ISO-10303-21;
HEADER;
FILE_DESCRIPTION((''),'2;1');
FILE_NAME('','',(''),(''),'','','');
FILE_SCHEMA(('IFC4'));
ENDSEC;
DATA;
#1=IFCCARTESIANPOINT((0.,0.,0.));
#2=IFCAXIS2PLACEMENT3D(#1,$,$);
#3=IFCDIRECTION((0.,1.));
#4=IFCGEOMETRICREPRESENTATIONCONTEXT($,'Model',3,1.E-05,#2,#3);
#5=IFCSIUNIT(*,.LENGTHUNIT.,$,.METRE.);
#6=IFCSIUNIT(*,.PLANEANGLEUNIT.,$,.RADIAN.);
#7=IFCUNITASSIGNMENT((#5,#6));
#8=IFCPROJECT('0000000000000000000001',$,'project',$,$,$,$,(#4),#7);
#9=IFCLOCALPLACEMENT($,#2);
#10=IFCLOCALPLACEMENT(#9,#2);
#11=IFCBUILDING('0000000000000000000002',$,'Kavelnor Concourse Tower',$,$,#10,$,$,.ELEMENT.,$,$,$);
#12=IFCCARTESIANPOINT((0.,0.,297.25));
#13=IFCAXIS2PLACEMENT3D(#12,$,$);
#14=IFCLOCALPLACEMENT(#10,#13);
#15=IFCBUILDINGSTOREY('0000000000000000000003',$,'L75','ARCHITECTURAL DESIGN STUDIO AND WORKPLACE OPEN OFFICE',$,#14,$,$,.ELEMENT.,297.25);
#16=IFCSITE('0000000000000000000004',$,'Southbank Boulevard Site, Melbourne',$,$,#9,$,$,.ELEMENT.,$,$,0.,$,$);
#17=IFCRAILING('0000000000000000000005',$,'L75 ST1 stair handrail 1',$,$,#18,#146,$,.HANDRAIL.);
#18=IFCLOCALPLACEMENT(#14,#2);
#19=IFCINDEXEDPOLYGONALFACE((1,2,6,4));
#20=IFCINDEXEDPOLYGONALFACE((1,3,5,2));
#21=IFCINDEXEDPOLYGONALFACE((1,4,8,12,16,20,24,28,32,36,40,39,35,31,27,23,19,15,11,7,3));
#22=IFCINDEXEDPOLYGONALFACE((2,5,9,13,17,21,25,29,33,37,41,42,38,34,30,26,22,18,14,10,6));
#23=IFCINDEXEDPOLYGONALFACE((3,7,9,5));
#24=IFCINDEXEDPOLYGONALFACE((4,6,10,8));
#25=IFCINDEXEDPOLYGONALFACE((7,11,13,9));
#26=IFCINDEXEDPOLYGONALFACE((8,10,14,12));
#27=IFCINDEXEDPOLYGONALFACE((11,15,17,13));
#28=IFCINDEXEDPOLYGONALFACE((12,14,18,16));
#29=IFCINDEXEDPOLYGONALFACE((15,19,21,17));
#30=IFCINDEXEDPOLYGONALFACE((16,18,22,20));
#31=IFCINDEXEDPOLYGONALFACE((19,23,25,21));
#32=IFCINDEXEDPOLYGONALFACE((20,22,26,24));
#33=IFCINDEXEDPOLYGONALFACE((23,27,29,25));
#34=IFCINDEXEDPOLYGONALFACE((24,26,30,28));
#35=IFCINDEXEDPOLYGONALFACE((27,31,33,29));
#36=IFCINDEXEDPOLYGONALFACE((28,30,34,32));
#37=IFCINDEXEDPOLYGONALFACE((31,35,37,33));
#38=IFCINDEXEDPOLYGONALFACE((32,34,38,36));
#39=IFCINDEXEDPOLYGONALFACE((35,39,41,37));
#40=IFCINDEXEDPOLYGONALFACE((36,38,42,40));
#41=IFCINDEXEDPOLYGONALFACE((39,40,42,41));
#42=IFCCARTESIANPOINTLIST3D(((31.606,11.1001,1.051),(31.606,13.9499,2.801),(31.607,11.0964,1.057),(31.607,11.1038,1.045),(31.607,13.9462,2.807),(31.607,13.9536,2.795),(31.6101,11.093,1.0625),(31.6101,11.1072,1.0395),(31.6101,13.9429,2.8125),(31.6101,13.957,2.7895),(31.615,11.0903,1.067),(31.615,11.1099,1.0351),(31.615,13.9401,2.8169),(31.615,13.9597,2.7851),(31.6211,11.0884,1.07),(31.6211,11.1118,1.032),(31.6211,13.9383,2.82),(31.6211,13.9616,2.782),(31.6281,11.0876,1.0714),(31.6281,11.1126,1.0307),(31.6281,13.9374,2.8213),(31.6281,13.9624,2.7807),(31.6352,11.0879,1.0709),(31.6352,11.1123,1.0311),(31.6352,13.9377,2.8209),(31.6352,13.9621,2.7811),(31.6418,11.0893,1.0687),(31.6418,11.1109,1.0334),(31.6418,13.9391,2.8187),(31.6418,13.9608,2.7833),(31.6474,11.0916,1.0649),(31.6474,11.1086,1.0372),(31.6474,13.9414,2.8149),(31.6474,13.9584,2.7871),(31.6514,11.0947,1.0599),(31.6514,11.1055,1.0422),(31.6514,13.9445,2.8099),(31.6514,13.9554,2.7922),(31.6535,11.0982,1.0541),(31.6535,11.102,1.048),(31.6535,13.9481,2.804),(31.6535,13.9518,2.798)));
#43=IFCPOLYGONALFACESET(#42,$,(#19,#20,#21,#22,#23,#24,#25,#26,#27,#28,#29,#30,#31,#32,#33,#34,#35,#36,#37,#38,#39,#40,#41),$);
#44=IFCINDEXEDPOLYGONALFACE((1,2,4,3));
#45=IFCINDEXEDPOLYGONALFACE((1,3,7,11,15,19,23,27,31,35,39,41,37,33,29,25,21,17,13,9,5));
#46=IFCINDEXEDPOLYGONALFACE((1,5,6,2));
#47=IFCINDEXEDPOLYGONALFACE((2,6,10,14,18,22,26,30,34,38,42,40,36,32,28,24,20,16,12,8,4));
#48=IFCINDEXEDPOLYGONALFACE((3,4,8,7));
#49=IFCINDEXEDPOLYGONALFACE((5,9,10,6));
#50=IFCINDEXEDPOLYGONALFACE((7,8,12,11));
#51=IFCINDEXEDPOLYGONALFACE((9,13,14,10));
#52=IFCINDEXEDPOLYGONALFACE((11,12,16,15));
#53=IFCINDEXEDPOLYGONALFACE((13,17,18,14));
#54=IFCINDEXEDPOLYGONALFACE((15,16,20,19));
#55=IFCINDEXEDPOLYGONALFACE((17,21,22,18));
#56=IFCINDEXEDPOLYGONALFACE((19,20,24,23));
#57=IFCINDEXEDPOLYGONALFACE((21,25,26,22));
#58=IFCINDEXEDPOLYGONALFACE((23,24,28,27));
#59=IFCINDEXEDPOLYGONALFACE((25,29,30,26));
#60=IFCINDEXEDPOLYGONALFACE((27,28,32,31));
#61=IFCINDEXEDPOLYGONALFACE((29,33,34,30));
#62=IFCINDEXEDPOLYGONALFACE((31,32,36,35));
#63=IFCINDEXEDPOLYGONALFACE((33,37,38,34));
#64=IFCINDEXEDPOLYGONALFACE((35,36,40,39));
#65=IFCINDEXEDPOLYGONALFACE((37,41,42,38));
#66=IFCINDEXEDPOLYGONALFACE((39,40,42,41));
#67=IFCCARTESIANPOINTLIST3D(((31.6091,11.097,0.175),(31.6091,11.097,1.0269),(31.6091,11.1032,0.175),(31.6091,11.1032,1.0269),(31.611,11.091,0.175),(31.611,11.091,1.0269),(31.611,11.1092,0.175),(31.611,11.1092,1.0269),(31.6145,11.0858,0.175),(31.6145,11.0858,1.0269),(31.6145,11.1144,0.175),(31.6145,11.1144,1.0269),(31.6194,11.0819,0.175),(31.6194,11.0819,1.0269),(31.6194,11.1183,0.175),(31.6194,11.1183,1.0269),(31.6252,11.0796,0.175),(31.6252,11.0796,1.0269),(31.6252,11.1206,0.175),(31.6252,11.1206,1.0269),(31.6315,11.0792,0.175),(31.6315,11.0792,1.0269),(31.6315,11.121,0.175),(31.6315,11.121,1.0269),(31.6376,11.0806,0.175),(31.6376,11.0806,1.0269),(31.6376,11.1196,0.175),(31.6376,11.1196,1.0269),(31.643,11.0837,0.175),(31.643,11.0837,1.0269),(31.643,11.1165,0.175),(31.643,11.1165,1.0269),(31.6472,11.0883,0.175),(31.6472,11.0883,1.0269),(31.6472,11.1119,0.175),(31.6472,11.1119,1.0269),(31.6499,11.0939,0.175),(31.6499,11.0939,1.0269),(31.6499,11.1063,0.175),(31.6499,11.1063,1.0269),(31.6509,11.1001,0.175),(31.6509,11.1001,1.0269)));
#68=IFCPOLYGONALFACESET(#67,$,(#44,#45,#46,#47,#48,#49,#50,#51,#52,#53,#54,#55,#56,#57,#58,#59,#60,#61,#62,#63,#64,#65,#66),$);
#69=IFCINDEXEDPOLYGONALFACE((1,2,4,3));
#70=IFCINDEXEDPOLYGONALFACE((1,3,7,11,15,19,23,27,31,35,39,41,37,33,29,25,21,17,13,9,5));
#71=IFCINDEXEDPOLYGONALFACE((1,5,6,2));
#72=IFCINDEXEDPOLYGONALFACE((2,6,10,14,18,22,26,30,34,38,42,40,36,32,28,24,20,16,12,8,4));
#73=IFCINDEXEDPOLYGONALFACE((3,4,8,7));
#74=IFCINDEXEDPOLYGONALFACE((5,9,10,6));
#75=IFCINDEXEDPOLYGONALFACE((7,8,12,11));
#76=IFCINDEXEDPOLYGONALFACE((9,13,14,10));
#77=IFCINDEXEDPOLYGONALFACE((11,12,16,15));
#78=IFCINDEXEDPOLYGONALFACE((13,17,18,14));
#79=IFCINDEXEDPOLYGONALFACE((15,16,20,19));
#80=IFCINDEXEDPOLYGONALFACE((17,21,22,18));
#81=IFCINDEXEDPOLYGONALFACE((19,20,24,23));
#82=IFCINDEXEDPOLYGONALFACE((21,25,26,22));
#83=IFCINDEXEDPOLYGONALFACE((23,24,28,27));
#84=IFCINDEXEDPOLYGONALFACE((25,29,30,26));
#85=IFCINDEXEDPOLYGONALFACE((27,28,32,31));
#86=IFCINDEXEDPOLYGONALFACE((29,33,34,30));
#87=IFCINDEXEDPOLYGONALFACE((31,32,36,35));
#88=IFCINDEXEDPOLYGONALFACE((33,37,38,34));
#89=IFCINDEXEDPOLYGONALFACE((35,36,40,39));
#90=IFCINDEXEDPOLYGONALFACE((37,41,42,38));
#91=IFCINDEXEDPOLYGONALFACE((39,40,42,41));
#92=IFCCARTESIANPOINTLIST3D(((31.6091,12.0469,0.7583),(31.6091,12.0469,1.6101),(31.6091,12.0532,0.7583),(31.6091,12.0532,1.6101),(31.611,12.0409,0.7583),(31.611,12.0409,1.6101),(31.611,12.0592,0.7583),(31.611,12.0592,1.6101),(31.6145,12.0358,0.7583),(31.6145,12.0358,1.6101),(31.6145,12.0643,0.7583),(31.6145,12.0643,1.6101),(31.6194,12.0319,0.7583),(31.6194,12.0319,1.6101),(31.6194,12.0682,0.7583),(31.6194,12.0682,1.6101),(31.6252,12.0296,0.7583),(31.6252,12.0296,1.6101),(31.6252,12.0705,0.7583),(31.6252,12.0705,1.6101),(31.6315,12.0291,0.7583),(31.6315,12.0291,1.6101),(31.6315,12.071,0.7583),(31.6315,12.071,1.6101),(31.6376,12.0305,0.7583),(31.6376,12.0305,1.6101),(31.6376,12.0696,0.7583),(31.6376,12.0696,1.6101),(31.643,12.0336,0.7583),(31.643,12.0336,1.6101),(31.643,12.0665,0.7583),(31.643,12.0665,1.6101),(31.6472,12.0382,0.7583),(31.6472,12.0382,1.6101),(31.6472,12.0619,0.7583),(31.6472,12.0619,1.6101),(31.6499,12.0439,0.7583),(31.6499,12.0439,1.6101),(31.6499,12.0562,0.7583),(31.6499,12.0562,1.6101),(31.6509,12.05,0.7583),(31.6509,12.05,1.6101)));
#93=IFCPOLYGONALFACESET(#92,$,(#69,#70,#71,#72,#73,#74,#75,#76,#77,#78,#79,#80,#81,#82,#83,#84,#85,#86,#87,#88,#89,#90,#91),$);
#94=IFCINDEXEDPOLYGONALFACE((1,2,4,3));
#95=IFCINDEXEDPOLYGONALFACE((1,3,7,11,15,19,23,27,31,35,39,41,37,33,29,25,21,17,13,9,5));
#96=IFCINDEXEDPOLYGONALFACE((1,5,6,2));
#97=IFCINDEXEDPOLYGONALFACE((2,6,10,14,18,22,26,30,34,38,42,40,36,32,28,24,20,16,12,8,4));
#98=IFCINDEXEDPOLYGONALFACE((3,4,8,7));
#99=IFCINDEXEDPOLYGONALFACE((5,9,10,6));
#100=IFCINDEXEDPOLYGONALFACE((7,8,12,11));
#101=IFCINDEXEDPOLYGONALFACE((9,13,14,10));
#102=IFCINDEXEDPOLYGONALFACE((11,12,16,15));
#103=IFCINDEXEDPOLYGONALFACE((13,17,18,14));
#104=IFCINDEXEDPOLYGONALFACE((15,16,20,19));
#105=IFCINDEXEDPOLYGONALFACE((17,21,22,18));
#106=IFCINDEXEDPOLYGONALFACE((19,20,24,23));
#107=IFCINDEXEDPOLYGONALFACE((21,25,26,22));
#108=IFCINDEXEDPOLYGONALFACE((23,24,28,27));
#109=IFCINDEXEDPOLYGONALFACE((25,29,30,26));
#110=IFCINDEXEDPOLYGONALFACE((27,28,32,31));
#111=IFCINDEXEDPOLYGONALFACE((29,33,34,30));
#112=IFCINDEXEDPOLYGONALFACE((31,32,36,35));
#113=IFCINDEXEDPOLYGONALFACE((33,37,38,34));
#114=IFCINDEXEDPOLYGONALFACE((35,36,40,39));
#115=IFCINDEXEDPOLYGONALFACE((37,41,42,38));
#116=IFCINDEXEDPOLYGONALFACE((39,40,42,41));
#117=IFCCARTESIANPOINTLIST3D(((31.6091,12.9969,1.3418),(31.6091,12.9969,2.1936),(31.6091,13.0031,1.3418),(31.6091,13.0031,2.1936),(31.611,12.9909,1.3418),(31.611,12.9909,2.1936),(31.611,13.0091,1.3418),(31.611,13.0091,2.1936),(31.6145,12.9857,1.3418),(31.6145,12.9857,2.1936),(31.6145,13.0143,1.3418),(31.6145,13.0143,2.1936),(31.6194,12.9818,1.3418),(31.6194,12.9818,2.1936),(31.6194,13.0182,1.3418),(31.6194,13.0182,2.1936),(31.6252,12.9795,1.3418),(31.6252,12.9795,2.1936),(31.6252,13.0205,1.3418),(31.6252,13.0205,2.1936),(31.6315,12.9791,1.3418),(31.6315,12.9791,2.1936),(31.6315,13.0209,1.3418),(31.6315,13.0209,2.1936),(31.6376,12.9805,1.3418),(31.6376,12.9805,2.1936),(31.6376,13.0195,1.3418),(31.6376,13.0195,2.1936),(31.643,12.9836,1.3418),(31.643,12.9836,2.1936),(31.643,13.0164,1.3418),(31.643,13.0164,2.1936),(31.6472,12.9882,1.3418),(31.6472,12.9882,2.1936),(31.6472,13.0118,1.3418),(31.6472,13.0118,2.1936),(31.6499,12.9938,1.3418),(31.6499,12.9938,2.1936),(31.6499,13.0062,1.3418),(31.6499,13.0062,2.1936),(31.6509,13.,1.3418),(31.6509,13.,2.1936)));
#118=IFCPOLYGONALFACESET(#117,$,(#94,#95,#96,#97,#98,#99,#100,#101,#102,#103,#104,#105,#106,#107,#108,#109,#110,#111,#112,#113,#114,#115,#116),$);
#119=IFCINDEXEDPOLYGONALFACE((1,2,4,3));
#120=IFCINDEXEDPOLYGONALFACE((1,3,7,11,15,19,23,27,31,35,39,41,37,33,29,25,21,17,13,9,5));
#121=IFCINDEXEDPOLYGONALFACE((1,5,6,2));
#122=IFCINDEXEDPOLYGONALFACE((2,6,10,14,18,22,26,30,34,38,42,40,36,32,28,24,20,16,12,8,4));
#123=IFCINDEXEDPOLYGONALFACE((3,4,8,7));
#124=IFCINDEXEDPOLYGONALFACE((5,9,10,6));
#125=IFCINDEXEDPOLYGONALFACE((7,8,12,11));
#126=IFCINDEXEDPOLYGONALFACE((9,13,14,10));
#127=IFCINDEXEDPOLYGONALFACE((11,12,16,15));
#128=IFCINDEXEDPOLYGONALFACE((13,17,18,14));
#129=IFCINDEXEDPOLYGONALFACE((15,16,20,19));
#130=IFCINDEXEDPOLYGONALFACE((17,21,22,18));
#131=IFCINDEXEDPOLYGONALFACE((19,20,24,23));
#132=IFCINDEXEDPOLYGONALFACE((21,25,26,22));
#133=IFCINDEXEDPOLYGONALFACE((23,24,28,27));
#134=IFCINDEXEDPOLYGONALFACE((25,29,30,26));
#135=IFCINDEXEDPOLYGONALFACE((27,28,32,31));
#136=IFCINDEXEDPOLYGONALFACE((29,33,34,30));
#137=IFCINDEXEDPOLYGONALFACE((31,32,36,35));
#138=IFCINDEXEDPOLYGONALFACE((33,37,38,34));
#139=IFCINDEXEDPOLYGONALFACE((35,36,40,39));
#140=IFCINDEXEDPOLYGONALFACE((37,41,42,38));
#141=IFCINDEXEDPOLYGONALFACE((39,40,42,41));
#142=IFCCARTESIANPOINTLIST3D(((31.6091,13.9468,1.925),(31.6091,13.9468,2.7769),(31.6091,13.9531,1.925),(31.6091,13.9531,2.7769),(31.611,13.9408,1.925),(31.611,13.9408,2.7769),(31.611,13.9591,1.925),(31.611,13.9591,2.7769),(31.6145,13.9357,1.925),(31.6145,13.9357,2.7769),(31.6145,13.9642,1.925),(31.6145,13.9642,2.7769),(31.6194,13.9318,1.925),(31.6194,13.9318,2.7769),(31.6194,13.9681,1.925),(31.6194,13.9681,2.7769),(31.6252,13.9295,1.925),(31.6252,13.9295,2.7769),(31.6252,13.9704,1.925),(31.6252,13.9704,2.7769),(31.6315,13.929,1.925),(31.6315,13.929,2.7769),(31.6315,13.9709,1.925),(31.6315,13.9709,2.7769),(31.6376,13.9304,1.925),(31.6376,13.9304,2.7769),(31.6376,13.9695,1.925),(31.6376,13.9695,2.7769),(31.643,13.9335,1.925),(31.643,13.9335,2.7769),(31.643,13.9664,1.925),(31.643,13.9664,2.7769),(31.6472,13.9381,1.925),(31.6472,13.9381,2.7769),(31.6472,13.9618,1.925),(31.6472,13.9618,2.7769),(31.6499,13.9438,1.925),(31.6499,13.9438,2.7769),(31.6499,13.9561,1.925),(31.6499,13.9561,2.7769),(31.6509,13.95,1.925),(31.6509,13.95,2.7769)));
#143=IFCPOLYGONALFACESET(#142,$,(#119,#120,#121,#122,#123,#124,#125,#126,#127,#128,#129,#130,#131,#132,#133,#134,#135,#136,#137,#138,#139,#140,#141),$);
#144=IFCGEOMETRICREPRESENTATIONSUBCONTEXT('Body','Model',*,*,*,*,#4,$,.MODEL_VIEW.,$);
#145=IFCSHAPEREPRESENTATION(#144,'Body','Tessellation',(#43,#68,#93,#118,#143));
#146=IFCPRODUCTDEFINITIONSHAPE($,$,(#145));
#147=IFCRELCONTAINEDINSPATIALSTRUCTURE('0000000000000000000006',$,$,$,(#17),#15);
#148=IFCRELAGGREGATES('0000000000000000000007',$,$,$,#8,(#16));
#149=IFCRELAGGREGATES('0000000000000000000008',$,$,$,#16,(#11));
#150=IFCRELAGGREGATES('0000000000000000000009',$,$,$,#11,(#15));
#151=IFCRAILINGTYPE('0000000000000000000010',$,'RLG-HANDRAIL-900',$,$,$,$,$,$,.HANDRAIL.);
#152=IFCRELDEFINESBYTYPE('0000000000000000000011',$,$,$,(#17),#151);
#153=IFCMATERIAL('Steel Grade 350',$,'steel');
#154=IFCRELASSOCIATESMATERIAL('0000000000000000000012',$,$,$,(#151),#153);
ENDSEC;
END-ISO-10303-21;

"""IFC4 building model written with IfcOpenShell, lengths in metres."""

from ifc_helpers import new_model, si_unit, direction, frame, origin, origin_2d, place, context, subcontext, project, spatial, circle, extrude, material, type_object, element, save


model = new_model("IFC4")

# Units and contexts
model_context = context("Model", 3, precision=1e-05, world=origin(), true_north=direction((0.0, 1.0)))
body_context = subcontext(model_context, "Body", "Model", "MODEL_VIEW")
ifc_project = project(units=[si_unit("LENGTHUNIT", "METRE"), si_unit("PLANEANGLEUNIT", "RADIAN")], contexts=[model_context])

# Site, building, storey
site_placement = place(None, origin())
site = spatial("IfcSite", under=ifc_project, at=site_placement, Name="Southbank Boulevard Site, Melbourne", CompositionType="ELEMENT", RefElevation=0.0)
building_placement = place(site_placement, origin())
building = spatial("IfcBuilding", under=site, at=building_placement, Name="Kavelnor Concourse Tower", CompositionType="ELEMENT")
storey_placement = place(building_placement, frame((0.0, 0.0, 297.25)))
storey = spatial("IfcBuildingStorey", under=building, at=storey_placement, Name="L75", Description="ARCHITECTURAL DESIGN STUDIO AND WORKPLACE OPEN OFFICE", CompositionType="ELEMENT", Elevation=297.25)

# Shared definitions
ifc_material_1 = material(Name="Steel Grade 350", Category="steel")

# Railing
railing_type_1 = type_object("IfcRailingType", Name="RLG-HANDRAIL-900", PredefinedType="HANDRAIL", material=ifc_material_1)
railing_1_placement = place(storey_placement, frame((31.6299, 11.1001, 0.175)))
element("IfcRailing", 1, at=railing_1_placement, inside=storey, type_object=railing_type_1, Name="L75 ST1 stair handrail 1", PredefinedType="HANDRAIL", context=body_context, shape_type="SweptSolid", body=[
    extrude(circle(Radius=0.0239, at=origin_2d()), frame((0.0, 0.0, 0.876), z_axis=(0.0, 0.852159, 0.523283), x_axis=(-1.0, 0.0, 0.0)), (0.0, 0.0, 1.0), 3.3442),
    extrude(circle(Radius=0.021, at=origin_2d()), origin(), (0.0, 0.0, 1.0), 0.8518),
    extrude(circle(Radius=0.021, at=origin_2d()), frame((0.0, 0.95, 0.5833)), (0.0, 0.0, 1.0), 0.8518),
    extrude(circle(Radius=0.021, at=origin_2d()), frame((0.0, 1.8999, 1.1667)), (0.0, 0.0, 1.0), 0.8518),
    extrude(circle(Radius=0.021, at=origin_2d()), frame((0.0, 2.8499, 1.75)), (0.0, 0.0, 1.0), 0.8518),
])

save(model, "model.ifc")
